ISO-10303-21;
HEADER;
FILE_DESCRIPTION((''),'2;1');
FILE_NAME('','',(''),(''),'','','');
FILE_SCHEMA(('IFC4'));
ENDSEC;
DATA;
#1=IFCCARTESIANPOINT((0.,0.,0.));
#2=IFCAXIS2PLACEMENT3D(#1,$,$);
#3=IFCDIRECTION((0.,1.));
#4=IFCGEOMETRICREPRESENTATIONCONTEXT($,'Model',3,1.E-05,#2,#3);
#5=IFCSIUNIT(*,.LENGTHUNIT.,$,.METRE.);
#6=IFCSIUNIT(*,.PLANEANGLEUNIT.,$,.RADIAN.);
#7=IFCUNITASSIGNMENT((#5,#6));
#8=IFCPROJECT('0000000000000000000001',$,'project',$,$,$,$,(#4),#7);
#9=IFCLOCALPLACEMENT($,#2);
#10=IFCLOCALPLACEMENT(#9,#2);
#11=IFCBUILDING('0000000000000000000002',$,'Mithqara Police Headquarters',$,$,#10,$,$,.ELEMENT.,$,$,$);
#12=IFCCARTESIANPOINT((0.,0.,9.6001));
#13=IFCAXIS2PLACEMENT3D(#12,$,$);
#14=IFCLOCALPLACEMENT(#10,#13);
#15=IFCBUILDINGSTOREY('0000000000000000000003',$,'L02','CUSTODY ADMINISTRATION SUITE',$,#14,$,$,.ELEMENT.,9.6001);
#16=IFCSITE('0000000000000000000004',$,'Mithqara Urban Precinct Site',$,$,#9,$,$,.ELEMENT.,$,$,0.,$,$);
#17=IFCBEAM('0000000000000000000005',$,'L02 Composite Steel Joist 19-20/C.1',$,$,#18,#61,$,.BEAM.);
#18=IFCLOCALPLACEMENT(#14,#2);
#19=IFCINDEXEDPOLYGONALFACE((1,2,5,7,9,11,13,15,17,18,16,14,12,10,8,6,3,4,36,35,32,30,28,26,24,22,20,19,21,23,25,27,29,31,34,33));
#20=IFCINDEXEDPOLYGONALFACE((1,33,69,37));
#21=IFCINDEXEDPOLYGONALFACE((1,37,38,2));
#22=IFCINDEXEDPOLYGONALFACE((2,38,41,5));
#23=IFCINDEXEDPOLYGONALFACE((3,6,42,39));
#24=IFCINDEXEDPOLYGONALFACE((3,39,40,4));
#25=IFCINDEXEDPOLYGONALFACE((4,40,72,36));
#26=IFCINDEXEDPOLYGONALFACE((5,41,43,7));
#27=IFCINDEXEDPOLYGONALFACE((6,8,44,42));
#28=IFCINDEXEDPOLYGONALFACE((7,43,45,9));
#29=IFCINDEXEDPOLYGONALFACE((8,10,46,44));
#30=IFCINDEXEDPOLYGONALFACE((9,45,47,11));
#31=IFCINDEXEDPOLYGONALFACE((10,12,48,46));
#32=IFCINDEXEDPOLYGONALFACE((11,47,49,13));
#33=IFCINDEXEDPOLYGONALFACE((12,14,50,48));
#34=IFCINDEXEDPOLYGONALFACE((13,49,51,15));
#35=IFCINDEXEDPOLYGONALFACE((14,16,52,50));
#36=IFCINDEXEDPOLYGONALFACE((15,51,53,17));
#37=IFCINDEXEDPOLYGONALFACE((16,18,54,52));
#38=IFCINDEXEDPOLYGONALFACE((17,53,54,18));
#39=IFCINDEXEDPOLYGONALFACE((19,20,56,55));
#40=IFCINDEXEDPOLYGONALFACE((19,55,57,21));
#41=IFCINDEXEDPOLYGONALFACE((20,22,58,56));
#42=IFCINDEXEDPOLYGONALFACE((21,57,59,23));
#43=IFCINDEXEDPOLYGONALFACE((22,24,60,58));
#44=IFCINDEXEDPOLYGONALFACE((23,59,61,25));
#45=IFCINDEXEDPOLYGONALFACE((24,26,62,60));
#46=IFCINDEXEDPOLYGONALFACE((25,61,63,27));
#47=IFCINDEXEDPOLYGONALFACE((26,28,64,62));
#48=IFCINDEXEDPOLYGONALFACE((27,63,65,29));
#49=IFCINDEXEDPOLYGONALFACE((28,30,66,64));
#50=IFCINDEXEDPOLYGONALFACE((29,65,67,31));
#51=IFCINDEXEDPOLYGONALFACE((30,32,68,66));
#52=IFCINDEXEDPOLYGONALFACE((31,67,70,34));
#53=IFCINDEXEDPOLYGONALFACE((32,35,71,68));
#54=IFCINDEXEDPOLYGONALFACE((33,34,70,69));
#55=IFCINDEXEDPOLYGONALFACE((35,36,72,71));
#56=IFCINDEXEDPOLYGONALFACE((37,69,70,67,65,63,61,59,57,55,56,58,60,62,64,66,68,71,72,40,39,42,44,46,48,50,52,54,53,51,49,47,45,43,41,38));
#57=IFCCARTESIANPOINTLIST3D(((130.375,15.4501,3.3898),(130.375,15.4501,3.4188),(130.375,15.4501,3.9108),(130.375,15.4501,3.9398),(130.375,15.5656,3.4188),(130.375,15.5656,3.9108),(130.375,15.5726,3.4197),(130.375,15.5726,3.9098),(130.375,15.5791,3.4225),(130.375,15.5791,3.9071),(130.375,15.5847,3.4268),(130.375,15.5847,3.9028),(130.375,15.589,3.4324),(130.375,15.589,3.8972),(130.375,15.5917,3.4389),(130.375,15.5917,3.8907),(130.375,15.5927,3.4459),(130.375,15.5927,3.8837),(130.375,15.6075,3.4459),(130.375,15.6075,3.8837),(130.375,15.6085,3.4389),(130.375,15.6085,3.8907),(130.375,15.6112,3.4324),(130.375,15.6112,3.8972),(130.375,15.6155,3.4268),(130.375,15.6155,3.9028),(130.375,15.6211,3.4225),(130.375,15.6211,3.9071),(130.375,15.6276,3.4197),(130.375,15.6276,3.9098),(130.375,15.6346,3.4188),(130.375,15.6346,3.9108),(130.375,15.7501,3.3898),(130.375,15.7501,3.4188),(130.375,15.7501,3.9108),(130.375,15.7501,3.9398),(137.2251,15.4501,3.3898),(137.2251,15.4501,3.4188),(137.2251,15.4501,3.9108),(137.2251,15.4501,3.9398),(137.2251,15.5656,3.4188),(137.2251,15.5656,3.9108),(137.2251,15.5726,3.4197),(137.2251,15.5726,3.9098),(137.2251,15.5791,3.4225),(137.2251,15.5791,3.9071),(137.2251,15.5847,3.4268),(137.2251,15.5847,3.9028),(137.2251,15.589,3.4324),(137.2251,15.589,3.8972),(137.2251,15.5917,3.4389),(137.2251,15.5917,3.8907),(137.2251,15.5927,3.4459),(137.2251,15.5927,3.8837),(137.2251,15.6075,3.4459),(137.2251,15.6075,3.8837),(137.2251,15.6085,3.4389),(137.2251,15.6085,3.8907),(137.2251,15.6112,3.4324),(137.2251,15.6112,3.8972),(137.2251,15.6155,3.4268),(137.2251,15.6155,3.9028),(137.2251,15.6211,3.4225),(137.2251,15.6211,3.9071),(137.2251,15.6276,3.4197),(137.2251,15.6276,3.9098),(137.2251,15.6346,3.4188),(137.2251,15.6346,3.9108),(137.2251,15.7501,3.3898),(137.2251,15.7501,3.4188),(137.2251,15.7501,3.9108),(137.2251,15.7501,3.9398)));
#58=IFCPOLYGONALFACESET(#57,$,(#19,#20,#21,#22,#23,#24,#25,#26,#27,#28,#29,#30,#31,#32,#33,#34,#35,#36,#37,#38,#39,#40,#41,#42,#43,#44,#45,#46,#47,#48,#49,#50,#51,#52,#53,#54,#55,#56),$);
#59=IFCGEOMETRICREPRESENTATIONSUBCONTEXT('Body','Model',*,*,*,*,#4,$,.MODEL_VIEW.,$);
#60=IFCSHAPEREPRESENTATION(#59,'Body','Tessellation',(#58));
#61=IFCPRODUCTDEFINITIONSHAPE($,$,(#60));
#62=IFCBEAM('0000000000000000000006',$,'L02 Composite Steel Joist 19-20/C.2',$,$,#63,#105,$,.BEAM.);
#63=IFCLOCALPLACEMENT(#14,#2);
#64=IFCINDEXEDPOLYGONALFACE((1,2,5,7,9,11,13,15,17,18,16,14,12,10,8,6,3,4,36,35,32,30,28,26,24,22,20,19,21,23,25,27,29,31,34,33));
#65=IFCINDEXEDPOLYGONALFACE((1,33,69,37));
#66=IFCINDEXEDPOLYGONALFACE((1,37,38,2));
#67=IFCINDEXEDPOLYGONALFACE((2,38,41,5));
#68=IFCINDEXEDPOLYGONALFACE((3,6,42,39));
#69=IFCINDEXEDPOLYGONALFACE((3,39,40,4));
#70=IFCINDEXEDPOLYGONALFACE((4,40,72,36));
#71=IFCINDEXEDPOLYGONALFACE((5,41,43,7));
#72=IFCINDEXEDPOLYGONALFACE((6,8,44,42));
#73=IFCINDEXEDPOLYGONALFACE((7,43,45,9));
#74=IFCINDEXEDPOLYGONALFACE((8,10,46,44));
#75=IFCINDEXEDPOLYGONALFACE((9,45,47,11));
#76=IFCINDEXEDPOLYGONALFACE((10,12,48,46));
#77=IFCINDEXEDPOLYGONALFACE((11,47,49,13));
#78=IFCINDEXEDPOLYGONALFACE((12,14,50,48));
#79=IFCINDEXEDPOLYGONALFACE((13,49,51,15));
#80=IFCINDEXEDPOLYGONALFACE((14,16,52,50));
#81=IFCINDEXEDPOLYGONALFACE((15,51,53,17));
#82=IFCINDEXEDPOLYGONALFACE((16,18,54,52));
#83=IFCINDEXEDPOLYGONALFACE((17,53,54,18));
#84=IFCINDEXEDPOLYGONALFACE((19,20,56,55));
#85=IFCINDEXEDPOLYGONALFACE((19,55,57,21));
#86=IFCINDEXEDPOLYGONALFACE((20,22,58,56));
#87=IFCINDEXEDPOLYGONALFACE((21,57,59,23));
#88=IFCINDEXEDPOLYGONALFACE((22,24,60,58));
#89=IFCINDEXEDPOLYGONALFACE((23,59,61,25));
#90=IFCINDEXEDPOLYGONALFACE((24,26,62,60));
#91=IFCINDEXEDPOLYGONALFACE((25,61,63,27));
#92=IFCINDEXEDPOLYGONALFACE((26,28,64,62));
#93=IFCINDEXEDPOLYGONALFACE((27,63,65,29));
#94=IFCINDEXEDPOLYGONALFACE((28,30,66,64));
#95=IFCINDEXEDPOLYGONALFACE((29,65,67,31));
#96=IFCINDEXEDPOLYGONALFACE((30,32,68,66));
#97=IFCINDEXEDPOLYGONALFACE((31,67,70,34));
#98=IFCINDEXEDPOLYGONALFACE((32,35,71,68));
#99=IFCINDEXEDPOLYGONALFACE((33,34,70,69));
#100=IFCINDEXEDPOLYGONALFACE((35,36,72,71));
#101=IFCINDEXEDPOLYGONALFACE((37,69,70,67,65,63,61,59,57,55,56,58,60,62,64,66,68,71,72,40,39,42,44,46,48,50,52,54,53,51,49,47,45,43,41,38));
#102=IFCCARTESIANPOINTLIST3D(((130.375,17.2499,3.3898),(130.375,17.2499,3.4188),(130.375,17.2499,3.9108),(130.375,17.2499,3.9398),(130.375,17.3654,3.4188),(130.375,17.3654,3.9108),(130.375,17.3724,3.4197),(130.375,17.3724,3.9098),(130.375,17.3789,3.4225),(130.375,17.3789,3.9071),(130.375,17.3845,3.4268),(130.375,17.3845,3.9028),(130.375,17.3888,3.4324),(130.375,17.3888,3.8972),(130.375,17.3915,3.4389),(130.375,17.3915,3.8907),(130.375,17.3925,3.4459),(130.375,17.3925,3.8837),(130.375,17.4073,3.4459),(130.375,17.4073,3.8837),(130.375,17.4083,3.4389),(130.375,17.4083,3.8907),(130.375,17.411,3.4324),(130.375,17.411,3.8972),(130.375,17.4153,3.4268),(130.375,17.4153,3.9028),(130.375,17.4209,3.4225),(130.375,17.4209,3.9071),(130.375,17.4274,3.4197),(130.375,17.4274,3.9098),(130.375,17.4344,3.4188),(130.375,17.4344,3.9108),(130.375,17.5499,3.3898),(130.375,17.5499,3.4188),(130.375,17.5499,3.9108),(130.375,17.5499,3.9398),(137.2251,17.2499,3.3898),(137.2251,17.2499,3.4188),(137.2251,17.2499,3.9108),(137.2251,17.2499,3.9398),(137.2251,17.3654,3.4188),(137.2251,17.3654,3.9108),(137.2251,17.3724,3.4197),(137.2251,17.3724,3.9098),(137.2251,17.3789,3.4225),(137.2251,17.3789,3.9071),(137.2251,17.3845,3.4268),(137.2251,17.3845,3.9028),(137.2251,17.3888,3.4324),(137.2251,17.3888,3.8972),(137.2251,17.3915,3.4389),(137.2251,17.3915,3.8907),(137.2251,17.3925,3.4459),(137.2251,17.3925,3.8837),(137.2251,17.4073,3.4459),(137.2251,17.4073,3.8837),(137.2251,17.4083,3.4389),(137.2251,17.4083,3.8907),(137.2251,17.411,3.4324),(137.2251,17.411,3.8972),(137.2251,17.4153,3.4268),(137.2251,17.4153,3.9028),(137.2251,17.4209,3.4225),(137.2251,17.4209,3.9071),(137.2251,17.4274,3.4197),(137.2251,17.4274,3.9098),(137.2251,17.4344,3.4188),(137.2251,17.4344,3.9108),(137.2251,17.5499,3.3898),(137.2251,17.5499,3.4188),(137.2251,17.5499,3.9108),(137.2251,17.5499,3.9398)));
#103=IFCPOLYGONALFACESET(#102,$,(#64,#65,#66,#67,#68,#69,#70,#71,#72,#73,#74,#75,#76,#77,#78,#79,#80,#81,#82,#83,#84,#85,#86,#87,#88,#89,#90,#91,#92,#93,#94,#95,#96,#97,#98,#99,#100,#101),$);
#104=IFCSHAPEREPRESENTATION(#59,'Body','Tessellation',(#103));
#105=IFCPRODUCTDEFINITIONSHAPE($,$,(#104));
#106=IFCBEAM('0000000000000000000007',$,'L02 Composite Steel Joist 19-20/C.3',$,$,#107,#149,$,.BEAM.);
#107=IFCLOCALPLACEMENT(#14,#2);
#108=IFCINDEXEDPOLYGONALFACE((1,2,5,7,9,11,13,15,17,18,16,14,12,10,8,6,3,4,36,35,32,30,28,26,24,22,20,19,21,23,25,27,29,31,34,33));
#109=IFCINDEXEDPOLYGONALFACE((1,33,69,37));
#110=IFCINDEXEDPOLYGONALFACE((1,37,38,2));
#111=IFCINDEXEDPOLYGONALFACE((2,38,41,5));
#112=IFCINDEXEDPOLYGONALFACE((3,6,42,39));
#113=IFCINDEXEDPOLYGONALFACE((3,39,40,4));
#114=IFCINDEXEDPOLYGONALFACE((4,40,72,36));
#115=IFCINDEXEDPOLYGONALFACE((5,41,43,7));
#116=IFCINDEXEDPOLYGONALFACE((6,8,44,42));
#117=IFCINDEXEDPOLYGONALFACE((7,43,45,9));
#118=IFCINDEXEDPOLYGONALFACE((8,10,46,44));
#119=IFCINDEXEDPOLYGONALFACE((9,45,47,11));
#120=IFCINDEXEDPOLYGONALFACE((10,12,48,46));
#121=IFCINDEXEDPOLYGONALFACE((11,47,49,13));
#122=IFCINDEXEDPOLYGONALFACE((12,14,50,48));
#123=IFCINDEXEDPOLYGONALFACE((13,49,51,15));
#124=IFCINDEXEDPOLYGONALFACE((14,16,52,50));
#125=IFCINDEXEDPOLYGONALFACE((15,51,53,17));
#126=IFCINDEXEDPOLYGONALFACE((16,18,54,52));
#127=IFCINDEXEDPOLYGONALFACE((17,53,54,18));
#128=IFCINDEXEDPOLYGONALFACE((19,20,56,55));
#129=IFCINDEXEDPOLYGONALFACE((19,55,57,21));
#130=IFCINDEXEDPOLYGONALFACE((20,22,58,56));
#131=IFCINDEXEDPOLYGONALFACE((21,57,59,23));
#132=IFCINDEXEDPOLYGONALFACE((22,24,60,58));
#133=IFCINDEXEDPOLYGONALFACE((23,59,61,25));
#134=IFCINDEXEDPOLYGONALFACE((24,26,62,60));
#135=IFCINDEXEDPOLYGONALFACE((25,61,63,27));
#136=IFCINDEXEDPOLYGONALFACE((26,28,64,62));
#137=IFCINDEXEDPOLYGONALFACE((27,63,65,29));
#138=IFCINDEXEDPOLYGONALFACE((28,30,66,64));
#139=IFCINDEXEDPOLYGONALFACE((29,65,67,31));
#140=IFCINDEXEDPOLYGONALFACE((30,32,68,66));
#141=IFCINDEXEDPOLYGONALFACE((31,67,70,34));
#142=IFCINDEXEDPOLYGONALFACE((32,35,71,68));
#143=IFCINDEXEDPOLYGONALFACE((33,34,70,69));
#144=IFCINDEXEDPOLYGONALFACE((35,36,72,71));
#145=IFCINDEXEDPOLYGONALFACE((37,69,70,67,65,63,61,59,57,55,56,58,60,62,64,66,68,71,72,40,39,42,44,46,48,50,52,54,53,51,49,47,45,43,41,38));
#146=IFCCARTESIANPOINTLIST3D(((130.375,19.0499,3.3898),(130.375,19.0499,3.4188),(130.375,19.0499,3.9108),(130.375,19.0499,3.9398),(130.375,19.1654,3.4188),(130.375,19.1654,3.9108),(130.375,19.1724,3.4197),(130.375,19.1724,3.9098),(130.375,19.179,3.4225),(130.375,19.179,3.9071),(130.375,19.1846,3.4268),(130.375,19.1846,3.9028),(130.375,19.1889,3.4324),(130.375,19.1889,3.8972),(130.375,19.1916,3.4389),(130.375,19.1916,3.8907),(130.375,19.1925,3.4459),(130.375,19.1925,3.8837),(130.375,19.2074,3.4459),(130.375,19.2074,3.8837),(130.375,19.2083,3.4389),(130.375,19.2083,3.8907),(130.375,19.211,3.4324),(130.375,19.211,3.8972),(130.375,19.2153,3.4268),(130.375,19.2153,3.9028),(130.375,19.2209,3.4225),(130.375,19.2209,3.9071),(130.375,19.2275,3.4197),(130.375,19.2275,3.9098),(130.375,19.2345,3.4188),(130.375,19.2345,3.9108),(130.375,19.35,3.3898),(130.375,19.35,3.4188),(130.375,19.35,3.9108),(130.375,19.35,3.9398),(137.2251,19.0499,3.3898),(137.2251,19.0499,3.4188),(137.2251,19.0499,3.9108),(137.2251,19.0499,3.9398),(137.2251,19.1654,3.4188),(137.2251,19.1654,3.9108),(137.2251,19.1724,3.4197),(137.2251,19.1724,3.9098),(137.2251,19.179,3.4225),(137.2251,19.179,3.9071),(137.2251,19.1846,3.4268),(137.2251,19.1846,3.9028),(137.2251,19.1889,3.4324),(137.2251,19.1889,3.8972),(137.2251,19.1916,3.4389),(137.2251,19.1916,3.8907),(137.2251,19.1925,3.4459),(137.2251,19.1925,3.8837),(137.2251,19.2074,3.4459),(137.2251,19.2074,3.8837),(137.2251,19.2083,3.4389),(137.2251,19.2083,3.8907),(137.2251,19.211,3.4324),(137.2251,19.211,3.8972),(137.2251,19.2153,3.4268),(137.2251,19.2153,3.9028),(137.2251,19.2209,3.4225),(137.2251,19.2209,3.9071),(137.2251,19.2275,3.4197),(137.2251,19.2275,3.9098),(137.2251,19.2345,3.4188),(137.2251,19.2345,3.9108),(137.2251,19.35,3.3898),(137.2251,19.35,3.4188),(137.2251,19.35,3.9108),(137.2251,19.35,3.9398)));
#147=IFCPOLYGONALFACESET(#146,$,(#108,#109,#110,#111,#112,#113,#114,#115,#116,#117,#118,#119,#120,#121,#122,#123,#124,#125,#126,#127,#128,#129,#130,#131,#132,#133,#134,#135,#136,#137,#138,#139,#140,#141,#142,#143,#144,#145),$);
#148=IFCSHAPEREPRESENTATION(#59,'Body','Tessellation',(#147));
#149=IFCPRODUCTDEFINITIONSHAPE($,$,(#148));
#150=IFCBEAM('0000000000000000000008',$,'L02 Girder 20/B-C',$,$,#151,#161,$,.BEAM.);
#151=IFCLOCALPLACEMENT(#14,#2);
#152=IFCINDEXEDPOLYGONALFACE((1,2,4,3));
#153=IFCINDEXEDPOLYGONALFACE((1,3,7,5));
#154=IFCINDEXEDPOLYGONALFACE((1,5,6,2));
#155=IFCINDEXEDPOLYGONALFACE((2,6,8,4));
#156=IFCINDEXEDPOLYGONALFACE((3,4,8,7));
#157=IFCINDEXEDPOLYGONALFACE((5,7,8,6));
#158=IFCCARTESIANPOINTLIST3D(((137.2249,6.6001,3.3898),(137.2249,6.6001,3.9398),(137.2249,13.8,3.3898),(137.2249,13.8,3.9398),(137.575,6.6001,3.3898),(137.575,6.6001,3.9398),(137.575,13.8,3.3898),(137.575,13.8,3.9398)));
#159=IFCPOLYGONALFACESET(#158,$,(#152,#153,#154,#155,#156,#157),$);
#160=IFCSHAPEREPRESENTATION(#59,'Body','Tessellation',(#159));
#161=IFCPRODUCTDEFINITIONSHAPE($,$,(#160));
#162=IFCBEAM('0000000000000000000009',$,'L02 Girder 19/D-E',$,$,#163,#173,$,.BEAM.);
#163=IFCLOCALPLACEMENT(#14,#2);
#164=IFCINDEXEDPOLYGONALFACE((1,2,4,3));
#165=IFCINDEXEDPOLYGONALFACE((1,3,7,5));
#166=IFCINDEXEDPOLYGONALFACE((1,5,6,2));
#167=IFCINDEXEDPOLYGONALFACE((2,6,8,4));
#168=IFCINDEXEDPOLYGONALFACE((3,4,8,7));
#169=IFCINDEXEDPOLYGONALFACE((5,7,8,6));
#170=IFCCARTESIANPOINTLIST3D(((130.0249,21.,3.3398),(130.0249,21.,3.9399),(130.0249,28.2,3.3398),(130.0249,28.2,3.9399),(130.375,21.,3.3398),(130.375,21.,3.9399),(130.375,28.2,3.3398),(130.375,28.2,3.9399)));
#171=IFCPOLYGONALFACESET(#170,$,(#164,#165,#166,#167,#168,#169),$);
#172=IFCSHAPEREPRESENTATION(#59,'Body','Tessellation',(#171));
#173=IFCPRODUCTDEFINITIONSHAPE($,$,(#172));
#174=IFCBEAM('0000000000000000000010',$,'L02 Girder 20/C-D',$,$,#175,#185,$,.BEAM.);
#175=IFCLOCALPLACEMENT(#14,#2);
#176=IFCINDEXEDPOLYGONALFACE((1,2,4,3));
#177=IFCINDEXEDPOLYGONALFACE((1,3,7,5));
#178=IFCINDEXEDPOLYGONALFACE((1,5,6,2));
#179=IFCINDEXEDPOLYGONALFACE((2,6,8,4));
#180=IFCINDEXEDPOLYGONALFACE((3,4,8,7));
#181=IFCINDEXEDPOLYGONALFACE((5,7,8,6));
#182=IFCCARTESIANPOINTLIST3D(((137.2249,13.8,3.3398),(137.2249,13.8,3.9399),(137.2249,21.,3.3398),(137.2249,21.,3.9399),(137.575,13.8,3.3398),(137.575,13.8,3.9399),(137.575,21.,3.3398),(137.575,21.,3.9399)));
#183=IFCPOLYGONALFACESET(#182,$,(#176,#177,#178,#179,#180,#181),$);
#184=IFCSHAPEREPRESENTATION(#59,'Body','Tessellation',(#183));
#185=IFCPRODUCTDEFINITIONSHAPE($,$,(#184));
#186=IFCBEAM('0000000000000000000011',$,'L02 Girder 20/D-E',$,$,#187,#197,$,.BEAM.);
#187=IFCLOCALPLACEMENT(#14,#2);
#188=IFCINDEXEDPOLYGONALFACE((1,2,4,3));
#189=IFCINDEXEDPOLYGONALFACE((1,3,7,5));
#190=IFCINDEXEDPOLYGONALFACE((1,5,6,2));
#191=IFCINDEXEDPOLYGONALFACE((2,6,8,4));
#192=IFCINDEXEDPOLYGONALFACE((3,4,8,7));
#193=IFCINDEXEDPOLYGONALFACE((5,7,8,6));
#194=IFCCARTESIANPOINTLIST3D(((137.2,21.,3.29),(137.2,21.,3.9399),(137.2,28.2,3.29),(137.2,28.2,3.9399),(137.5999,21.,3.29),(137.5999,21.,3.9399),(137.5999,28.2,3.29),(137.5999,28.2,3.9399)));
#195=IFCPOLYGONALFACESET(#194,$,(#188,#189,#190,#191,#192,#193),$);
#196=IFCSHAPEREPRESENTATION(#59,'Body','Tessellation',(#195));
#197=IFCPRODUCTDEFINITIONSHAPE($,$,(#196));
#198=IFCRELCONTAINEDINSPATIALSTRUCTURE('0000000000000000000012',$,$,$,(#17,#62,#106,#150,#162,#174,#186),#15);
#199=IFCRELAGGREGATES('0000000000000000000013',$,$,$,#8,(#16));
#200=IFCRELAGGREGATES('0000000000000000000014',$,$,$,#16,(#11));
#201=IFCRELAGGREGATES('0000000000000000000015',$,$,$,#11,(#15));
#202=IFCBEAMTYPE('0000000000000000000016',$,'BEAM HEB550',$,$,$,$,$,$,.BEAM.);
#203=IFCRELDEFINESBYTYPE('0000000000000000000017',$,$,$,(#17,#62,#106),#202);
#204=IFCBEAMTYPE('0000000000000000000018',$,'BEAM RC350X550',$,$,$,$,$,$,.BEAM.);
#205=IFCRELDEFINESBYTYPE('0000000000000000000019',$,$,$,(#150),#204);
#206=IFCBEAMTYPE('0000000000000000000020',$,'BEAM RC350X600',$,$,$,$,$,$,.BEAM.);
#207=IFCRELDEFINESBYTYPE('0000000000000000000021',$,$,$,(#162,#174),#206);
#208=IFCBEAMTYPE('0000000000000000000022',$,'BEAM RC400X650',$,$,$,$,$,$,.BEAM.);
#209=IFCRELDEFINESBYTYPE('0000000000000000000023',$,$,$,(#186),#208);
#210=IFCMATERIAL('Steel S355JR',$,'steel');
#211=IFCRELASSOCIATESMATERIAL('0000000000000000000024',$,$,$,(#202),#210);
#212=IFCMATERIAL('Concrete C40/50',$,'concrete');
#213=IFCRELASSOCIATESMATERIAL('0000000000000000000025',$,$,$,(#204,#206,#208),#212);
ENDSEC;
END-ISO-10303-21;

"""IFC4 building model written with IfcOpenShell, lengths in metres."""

from ifc_helpers import new_model, si_unit, direction, frame, origin, origin_2d, place, context, subcontext, project, spatial, rectangle, i_section, extrude, material, material_profile, profile_set, type_object, element, save


model = new_model("IFC4")

# Units and contexts
model_context = context("Model", 3, precision=1e-05, world=origin(), true_north=direction((0.0, 1.0)))
body_context = subcontext(model_context, "Body", "Model", "MODEL_VIEW")
ifc_project = project(units=[si_unit("LENGTHUNIT", "METRE"), si_unit("PLANEANGLEUNIT", "RADIAN")], contexts=[model_context])

# Site, building, storey
site_placement = place(None, origin())
site = spatial("IfcSite", under=ifc_project, at=site_placement, Name="Mithqara Urban Precinct Site", CompositionType="ELEMENT", RefElevation=0.0)
building_placement = place(site_placement, origin())
building = spatial("IfcBuilding", under=site, at=building_placement, Name="Mithqara Police Headquarters", CompositionType="ELEMENT")
storey_placement = place(building_placement, frame((0.0, 0.0, 9.6001)))
storey = spatial("IfcBuildingStorey", under=building, at=storey_placement, Name="L02", Description="CUSTODY ADMINISTRATION SUITE", CompositionType="ELEMENT", Elevation=9.6001)

# Beams
ifc_material_1 = material(Name="Steel S355JR", Category="steel")
ifc_material_profile_1 = material_profile(ifc_material_1, i_section(OverallWidth=0.3, OverallDepth=0.55, WebThickness=0.0149, FlangeThickness=0.0291, FilletRadius=0.0271, at=origin_2d()), Name="HEB 550")
ifc_profile_set_1 = profile_set([ifc_material_profile_1], Name="Steel S355JR")
beam_type_1 = type_object("IfcBeamType", Name="BEAM HEB550", PredefinedType="BEAM", material=ifc_profile_set_1)
for number, where, z_axis, x_axis, name in (
    (1, (130.375, 15.6001, 3.6648), (1.0, 0.0, 0.0), (0.0, 1.0, 0.0), "L02 Composite Steel Joist 19-20/C.1"),
    (2, (130.375, 17.3999, 3.6648), (1.0, 0.0, 0.0), (0.0, 1.0, 0.0), "L02 Composite Steel Joist 19-20/C.2"),
    (3, (130.375, 19.2, 3.6648), (1.0, 0.0, 0.0), (0.0, 1.0, 0.0), "L02 Composite Steel Joist 19-20/C.3"),
):
    element("IfcBeam", number, at=place(storey_placement, frame(where, z_axis=z_axis, x_axis=x_axis)), inside=storey, type_object=beam_type_1, Name=name, PredefinedType="BEAM", context=body_context, shape_type="SweptSolid", body=[
        extrude(i_section(OverallWidth=0.3, OverallDepth=0.55, WebThickness=0.0149, FlangeThickness=0.0291, FilletRadius=0.0271, at=origin_2d()), origin(), (0.0, 0.0, 1.0), 6.8501),
    ])
ifc_material_2 = material(Name="Concrete C40/50", Category="concrete")
ifc_material_profile_2 = material_profile(ifc_material_2, rectangle(XDim=0.3501, YDim=0.55, at=origin_2d()), Name="RC 350x550")
ifc_profile_set_2 = profile_set([ifc_material_profile_2], Name="Concrete C40/50")
beam_type_2 = type_object("IfcBeamType", Name="BEAM RC350X550", PredefinedType="BEAM", material=ifc_profile_set_2)
beam_1_placement = place(storey_placement, frame((137.3999, 6.6001, 3.6648), z_axis=(0.0, 1.0, 0.0), x_axis=(-1.0, 0.0, 0.0)))
element("IfcBeam", 4, at=beam_1_placement, inside=storey, type_object=beam_type_2, Name="L02 Girder 20/B-C", PredefinedType="BEAM", context=body_context, shape_type="SweptSolid", body=[
    extrude(rectangle(XDim=0.3501, YDim=0.55, at=origin_2d()), origin(), (0.0, 0.0, 1.0), 7.2),
])
ifc_material_profile_3 = material_profile(ifc_material_2, rectangle(XDim=0.3501, YDim=0.6001, at=origin_2d()), Name="RC 350x600")
ifc_profile_set_3 = profile_set([ifc_material_profile_3], Name="Concrete C40/50")
beam_type_3 = type_object("IfcBeamType", Name="BEAM RC350X600", PredefinedType="BEAM", material=ifc_profile_set_3)
for number, where, z_axis, x_axis, name in (
    (5, (130.2, 21.0, 3.6399), (0.0, 1.0, 0.0), (-1.0, 0.0, 0.0), "L02 Girder 19/D-E"),
    (6, (137.3999, 13.8, 3.6399), (0.0, 1.0, 0.0), (-1.0, 0.0, 0.0), "L02 Girder 20/C-D"),
):
    element("IfcBeam", number, at=place(storey_placement, frame(where, z_axis=z_axis, x_axis=x_axis)), inside=storey, type_object=beam_type_3, Name=name, PredefinedType="BEAM", context=body_context, shape_type="SweptSolid", body=[
        extrude(rectangle(XDim=0.3501, YDim=0.6001, at=origin_2d()), origin(), (0.0, 0.0, 1.0), 7.2),
    ])
ifc_material_profile_4 = material_profile(ifc_material_2, rectangle(XDim=0.3999, YDim=0.6499, at=origin_2d()), Name="RC 400x650")
ifc_profile_set_4 = profile_set([ifc_material_profile_4], Name="Concrete C40/50")
beam_type_4 = type_object("IfcBeamType", Name="BEAM RC400X650", PredefinedType="BEAM", material=ifc_profile_set_4)
beam_2_placement = place(storey_placement, frame((137.3999, 21.0, 3.615), z_axis=(0.0, 1.0, 0.0), x_axis=(-1.0, 0.0, 0.0)))
element("IfcBeam", 7, at=beam_2_placement, inside=storey, type_object=beam_type_4, Name="L02 Girder 20/D-E", PredefinedType="BEAM", context=body_context, shape_type="SweptSolid", body=[
    extrude(rectangle(XDim=0.3999, YDim=0.6499, at=origin_2d()), origin(), (0.0, 0.0, 1.0), 7.2),
])

save(model, "model.ifc")
